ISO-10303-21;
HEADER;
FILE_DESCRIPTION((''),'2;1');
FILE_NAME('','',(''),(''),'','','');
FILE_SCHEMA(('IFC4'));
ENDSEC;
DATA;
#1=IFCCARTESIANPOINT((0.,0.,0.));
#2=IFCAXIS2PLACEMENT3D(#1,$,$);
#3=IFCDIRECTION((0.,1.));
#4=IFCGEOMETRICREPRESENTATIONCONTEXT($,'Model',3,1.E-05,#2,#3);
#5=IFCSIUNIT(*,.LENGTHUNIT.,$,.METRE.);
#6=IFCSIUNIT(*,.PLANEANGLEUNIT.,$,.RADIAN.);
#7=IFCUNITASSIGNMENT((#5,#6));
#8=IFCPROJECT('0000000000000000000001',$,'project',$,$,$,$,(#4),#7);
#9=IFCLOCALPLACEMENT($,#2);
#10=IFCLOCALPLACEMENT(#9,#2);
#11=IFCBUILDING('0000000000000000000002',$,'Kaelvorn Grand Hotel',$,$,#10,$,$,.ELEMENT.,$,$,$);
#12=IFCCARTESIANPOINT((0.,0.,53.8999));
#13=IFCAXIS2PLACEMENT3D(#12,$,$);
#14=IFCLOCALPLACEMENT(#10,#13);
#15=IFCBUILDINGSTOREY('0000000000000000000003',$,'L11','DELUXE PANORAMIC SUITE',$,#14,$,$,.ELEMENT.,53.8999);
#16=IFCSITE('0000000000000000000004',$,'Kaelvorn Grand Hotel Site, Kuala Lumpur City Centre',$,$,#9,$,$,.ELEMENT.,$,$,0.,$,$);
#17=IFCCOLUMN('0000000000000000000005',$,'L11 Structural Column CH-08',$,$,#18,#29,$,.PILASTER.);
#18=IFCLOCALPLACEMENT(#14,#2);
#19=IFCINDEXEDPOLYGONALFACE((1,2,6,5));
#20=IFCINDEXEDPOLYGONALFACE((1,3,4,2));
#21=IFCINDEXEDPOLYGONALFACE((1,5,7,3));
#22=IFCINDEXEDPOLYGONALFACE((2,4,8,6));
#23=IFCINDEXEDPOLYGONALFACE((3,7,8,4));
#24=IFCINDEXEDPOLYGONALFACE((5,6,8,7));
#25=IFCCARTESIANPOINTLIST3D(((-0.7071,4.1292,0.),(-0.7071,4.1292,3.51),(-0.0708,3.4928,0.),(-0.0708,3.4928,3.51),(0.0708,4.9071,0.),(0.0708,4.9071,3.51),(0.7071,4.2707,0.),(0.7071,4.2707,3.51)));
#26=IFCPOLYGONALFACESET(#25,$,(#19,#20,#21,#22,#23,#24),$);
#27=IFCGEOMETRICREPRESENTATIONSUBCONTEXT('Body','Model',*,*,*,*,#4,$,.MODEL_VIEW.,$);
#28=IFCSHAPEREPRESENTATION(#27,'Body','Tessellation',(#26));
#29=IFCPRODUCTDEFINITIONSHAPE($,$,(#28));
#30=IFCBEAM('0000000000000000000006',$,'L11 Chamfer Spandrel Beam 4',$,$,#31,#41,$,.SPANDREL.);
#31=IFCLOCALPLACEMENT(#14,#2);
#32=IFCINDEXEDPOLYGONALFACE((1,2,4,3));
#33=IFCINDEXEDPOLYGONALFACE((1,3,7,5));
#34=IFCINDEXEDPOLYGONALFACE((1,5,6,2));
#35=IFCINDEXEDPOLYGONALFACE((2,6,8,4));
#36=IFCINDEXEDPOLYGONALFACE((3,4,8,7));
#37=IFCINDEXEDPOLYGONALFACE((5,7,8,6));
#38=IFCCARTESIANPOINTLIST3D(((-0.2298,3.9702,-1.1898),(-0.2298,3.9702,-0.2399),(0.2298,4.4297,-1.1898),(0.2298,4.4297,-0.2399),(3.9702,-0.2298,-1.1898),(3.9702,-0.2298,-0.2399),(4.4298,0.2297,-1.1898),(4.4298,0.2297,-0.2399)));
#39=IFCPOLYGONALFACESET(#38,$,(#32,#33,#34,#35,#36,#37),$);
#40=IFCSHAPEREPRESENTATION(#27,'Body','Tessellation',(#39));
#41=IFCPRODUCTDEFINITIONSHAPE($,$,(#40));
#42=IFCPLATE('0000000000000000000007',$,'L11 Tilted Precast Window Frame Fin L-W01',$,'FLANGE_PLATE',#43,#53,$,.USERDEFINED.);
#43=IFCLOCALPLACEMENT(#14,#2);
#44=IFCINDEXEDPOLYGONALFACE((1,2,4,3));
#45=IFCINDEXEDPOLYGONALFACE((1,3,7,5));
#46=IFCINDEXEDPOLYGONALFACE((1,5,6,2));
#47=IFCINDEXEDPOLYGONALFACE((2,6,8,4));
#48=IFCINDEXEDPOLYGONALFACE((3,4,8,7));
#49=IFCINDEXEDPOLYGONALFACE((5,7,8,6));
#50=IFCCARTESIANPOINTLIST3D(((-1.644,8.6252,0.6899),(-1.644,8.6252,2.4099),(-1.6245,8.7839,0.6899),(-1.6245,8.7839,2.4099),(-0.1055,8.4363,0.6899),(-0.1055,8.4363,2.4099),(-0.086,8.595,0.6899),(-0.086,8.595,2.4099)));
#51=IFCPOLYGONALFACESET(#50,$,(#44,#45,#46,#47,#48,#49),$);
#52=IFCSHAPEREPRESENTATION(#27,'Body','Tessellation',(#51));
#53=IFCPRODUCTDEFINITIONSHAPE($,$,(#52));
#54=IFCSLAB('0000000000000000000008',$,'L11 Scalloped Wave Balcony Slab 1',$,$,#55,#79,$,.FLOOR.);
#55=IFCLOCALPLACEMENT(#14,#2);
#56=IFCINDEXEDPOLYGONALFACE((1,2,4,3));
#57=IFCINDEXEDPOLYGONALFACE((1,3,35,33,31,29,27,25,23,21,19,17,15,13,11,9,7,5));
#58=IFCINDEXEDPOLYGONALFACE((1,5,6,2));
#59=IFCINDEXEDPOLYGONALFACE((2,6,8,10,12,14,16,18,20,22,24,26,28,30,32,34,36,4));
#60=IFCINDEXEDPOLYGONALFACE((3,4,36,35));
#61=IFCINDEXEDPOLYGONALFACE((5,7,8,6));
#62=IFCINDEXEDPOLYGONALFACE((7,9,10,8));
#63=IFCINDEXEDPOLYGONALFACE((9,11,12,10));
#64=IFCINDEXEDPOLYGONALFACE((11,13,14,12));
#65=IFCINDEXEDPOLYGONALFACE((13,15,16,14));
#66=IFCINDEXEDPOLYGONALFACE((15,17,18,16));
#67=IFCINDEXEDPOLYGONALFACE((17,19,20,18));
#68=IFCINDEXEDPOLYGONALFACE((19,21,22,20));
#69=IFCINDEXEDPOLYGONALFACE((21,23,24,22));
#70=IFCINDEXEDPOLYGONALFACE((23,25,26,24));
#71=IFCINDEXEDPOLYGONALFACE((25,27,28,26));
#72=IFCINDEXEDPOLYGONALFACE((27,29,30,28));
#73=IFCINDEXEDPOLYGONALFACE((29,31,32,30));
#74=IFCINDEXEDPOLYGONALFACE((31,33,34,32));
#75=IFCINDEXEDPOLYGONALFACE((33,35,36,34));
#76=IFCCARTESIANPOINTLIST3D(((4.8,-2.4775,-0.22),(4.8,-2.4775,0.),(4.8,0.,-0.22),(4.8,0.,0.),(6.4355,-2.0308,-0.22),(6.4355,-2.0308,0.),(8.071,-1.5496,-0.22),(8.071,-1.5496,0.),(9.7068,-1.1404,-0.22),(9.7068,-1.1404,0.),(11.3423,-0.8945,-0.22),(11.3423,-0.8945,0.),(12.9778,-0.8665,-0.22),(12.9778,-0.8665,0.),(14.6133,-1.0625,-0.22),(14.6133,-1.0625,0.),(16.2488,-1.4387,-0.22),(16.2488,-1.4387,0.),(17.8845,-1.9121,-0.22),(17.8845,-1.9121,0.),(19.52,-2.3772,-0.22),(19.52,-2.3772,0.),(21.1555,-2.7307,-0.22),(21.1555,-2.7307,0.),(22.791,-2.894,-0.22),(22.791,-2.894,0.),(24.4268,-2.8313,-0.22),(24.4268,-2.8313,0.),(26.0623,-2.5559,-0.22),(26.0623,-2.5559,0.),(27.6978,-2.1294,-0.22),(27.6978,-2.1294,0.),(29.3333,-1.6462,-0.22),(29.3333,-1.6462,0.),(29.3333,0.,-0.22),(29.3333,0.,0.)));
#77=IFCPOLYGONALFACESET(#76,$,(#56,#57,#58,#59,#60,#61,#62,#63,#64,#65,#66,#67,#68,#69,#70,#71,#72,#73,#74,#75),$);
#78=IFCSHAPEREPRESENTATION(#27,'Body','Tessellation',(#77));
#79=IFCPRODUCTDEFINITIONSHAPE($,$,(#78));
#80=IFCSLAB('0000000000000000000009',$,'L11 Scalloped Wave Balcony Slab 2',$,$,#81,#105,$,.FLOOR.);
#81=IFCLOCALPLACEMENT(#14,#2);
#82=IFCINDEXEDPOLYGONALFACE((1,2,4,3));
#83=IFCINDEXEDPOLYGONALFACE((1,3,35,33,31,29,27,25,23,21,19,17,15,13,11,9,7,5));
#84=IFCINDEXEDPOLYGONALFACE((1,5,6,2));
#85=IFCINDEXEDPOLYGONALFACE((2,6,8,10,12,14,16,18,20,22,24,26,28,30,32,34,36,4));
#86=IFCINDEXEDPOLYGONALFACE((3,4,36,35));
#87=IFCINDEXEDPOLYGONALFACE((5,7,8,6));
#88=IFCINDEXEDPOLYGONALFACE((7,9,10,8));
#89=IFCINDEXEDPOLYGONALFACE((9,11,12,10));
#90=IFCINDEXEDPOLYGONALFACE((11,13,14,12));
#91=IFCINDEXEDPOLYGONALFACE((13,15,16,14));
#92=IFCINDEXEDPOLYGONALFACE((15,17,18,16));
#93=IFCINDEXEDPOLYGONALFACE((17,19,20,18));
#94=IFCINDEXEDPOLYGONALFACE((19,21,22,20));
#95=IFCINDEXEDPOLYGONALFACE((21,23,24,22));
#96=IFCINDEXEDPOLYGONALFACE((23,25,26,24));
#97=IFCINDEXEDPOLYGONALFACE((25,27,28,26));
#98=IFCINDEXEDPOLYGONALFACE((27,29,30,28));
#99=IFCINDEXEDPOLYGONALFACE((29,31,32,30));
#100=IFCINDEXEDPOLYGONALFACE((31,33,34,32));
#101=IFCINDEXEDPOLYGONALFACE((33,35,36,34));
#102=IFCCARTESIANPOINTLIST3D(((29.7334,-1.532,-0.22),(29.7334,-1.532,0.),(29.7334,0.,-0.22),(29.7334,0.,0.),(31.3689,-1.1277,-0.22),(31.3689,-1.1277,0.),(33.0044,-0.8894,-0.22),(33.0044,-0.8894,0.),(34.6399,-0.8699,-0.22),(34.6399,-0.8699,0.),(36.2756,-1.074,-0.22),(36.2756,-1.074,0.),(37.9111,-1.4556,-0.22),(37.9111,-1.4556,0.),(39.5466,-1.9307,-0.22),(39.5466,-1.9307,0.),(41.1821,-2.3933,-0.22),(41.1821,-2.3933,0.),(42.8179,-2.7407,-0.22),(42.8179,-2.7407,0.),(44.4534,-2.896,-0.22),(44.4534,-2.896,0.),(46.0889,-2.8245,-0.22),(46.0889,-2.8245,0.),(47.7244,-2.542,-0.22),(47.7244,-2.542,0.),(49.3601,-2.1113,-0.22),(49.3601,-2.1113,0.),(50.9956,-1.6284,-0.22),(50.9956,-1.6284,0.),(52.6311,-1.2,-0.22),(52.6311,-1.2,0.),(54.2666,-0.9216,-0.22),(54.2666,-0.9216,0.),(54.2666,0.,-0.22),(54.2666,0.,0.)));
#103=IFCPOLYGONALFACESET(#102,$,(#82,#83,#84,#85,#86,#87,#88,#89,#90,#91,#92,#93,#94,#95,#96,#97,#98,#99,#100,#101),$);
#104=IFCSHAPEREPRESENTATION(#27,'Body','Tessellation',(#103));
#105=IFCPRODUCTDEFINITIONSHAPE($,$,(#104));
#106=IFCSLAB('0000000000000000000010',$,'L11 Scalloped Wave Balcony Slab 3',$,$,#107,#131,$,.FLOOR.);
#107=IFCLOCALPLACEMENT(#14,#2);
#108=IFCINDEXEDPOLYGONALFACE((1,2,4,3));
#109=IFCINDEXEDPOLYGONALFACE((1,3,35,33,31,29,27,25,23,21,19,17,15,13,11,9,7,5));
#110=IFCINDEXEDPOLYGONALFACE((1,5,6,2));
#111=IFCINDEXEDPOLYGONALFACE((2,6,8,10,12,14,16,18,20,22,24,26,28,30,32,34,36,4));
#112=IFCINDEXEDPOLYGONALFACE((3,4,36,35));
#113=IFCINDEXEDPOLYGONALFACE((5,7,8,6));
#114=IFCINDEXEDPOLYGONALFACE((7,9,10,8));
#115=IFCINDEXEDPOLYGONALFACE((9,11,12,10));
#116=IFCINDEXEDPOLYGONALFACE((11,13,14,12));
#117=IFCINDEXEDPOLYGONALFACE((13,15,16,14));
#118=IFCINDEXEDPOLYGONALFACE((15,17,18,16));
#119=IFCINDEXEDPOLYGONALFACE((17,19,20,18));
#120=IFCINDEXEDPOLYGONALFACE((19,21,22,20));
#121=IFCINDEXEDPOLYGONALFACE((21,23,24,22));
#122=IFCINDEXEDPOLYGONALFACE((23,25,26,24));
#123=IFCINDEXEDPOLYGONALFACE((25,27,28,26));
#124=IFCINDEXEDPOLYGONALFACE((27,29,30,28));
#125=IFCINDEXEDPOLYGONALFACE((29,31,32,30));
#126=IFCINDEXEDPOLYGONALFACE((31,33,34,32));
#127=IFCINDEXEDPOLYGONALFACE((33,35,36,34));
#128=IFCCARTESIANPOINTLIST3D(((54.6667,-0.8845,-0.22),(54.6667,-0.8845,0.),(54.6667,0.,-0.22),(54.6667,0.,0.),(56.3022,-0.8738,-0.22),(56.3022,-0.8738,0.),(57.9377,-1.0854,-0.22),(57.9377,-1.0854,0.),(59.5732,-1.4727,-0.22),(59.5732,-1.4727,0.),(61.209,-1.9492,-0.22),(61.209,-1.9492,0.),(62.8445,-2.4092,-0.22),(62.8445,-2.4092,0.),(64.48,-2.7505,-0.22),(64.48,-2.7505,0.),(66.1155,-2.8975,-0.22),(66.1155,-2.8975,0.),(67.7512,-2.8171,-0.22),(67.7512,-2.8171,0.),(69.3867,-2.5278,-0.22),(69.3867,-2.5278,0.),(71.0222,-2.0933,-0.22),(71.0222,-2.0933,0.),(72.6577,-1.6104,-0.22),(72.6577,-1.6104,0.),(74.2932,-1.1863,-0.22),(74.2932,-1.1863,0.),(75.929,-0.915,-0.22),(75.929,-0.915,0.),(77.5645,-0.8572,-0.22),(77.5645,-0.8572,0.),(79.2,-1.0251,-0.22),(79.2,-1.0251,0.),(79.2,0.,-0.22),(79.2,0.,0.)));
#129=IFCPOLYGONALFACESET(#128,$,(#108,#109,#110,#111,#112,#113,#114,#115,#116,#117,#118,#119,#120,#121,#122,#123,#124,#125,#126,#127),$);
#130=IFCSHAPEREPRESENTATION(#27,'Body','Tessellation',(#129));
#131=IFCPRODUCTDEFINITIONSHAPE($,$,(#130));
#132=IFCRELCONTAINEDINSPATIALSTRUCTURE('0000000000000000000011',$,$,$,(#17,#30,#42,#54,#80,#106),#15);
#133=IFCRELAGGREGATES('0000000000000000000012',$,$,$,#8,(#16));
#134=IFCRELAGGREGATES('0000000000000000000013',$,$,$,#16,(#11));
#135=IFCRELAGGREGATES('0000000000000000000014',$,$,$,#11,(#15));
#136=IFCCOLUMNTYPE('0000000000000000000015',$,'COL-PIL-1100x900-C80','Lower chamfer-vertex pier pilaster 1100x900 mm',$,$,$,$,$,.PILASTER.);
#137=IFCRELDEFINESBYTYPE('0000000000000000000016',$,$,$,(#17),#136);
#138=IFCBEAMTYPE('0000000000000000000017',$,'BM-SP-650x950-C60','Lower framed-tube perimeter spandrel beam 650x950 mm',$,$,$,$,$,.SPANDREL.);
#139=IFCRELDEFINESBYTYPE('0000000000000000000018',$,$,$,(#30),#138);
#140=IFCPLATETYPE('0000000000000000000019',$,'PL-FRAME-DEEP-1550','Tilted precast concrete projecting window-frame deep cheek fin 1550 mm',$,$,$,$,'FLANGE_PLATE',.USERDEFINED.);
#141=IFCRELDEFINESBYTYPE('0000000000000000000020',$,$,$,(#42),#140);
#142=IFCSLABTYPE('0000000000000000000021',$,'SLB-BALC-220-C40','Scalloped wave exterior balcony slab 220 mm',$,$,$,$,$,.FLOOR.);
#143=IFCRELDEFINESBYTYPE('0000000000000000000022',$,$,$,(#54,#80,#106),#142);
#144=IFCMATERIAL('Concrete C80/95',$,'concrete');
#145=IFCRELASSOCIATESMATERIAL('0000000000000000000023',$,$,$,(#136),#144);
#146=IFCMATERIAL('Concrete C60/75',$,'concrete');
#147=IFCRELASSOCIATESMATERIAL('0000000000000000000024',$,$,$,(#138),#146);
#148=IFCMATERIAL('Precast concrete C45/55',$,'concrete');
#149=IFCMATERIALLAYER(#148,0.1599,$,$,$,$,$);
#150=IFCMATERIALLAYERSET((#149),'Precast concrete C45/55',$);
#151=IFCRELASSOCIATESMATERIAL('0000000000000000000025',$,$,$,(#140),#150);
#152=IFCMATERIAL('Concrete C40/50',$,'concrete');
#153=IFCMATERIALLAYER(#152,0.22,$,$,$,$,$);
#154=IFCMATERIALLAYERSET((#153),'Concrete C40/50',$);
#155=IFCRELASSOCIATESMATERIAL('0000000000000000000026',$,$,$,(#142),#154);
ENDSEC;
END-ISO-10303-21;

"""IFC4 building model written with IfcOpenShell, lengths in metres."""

from ifc_helpers import new_model, si_unit, direction, frame, origin, origin_2d, place, context, subcontext, project, spatial, polyline, rectangle, outline, extrude, material, layer, layer_set, material_profile, profile_set, type_object, element, save


model = new_model("IFC4")

# Units and contexts
model_context = context("Model", 3, precision=1e-05, world=origin(), true_north=direction((0.0, 1.0)))
body_context = subcontext(model_context, "Body", "Model", "MODEL_VIEW")
ifc_project = project(units=[si_unit("LENGTHUNIT", "METRE"), si_unit("PLANEANGLEUNIT", "RADIAN")], contexts=[model_context])

# Site, building, storey
site_placement = place(None, origin())
site = spatial("IfcSite", under=ifc_project, at=site_placement, Name="Kaelvorn Grand Hotel Site, Kuala Lumpur City Centre", CompositionType="ELEMENT", RefElevation=0.0)
building_placement = place(site_placement, origin())
building = spatial("IfcBuilding", under=site, at=building_placement, Name="Kaelvorn Grand Hotel", CompositionType="ELEMENT")
storey_placement = place(building_placement, frame((0.0, 0.0, 53.8999)))
storey = spatial("IfcBuildingStorey", under=building, at=storey_placement, Name="L11", Description="DELUXE PANORAMIC SUITE", CompositionType="ELEMENT", Elevation=53.8999)

# Column
ifc_material_1 = material(Name="Concrete C80/95", Category="concrete")
ifc_material_profile_1 = material_profile(ifc_material_1, rectangle(XDim=1.1001, YDim=0.8999, at=origin_2d()), Name="RC PILASTER 1100x900")
ifc_profile_set_1 = profile_set([ifc_material_profile_1], Name="Concrete C80/95")
column_type = type_object("IfcColumnType", Name="COL-PIL-1100x900-C80", Description="Lower chamfer-vertex pier pilaster 1100x900 mm", PredefinedType="PILASTER", material=ifc_profile_set_1)
column_placement = place(storey_placement, frame((0.0, 4.2, 0.0), z_axis=(0.0, 0.0, 1.0), x_axis=(0.707107, 0.707107, 0.0)))
element("IfcColumn", 1, at=column_placement, inside=storey, type_object=column_type, Name="L11 Structural Column CH-08", PredefinedType="PILASTER", context=body_context, shape_type="SweptSolid", body=[
    extrude(rectangle(XDim=1.1001, YDim=0.8999, at=origin_2d()), origin(), (0.0, 0.0, 1.0), 3.51),
])

# Beam
ifc_material_2 = material(Name="Concrete C60/75", Category="concrete")
ifc_material_profile_2 = material_profile(ifc_material_2, rectangle(XDim=0.6499, YDim=0.95, at=origin_2d()), Name="RC SPANDREL 650x950")
ifc_profile_set_2 = profile_set([ifc_material_profile_2], Name="Concrete C60/75")
beam_type = type_object("IfcBeamType", Name="BM-SP-650x950-C60", Description="Lower framed-tube perimeter spandrel beam 650x950 mm", PredefinedType="SPANDREL", material=ifc_profile_set_2)
beam_placement = place(storey_placement, frame((0.0, 4.2, -0.7148), z_axis=(0.707107, -0.707107, 0.0), x_axis=(0.707107, 0.707107, 0.0)))
element("IfcBeam", 2, at=beam_placement, inside=storey, type_object=beam_type, Name="L11 Chamfer Spandrel Beam 4", PredefinedType="SPANDREL", context=body_context, shape_type="SweptSolid", body=[
    extrude(rectangle(XDim=0.6499, YDim=0.95, at=origin_2d()), origin(), (0.0, 0.0, 1.0), 5.9397),
])

# Plate
ifc_material_3 = material(Name="Precast concrete C45/55", Category="concrete")
ifc_layer_1 = layer(ifc_material_3, 0.1599)
ifc_layer_set_1 = layer_set([ifc_layer_1], Name="Precast concrete C45/55")
plate_type = type_object("IfcPlateType", Name="PL-FRAME-DEEP-1550", Description="Tilted precast concrete projecting window-frame deep cheek fin 1550 mm", ElementType="FLANGE_PLATE", PredefinedType="USERDEFINED", material=ifc_layer_set_1)
plate_placement = place(storey_placement, frame((-0.865, 8.6101, 0.6899), z_axis=(0.0, 0.0, 1.0), x_axis=(0.121869, 0.992546, 0.0)))
element("IfcPlate", 3, at=plate_placement, inside=storey, type_object=plate_type, Name="L11 Tilted Precast Window Frame Fin L-W01", ObjectType="FLANGE_PLATE", PredefinedType="USERDEFINED", context=body_context, shape_type="SweptSolid", body=[
    extrude(rectangle(XDim=0.1599, YDim=1.55, at=origin_2d()), origin(), (0.0, 0.0, 1.0), 1.72),
])

# Slabs
ifc_material_4 = material(Name="Concrete C40/50", Category="concrete")
ifc_layer_2 = layer(ifc_material_4, 0.22)
ifc_layer_set_2 = layer_set([ifc_layer_2], Name="Concrete C40/50")
slab_type_1 = type_object("IfcSlabType", Name="SLB-BALC-220-C40", Description="Scalloped wave exterior balcony slab 220 mm", PredefinedType="FLOOR", material=ifc_layer_set_2)
slab_1_placement = place(storey_placement, frame((0.0, 0.0, -0.22)))
element("IfcSlab", 4, at=slab_1_placement, inside=storey, type_object=slab_type_1, Name="L11 Scalloped Wave Balcony Slab 1", PredefinedType="FLOOR", context=body_context, shape_type="SweptSolid", body=[
    extrude(outline(polyline([(4.8, -2.4775), (6.4355, -2.0308), (8.071, -1.5496), (9.7068, -1.1404), (11.3423, -0.8945), (12.9778, -0.8665), (14.6133, -1.0625), (16.2488, -1.4387), (17.8845, -1.9121), (19.52, -2.3772), (21.1555, -2.7307), (22.791, -2.894), (24.4268, -2.8313), (26.0623, -2.5559), (27.6978, -2.1294), (29.3333, -1.6462), (29.3333, 0.0), (4.8, 0.0), (4.8, -2.4775)])), origin(), (0.0, 0.0, 1.0), 0.22),
])
slab_2_placement = place(storey_placement, frame((0.0, 0.0, -0.22)))
element("IfcSlab", 5, at=slab_2_placement, inside=storey, type_object=slab_type_1, Name="L11 Scalloped Wave Balcony Slab 2", PredefinedType="FLOOR", context=body_context, shape_type="SweptSolid", body=[
    extrude(outline(polyline([(29.7334, -1.532), (31.3689, -1.1277), (33.0044, -0.8894), (34.6399, -0.8699), (36.2756, -1.074), (37.9111, -1.4556), (39.5466, -1.9307), (41.1821, -2.3933), (42.8179, -2.7407), (44.4534, -2.896), (46.0889, -2.8245), (47.7244, -2.542), (49.3601, -2.1113), (50.9956, -1.6284), (52.6311, -1.2), (54.2666, -0.9216), (54.2666, 0.0), (29.7334, 0.0), (29.7334, -1.532)])), origin(), (0.0, 0.0, 1.0), 0.22),
])
slab_3_placement = place(storey_placement, frame((0.0, 0.0, -0.22)))
element("IfcSlab", 6, at=slab_3_placement, inside=storey, type_object=slab_type_1, Name="L11 Scalloped Wave Balcony Slab 3", PredefinedType="FLOOR", context=body_context, shape_type="SweptSolid", body=[
    extrude(outline(polyline([(54.6667, -0.8845), (56.3022, -0.8738), (57.9377, -1.0854), (59.5732, -1.4727), (61.209, -1.9492), (62.8445, -2.4092), (64.48, -2.7505), (66.1155, -2.8975), (67.7512, -2.8171), (69.3867, -2.5278), (71.0222, -2.0933), (72.6577, -1.6104), (74.2932, -1.1863), (75.929, -0.915), (77.5645, -0.8572), (79.2, -1.0251), (79.2, 0.0), (54.6667, 0.0), (54.6667, -0.8845)])), origin(), (0.0, 0.0, 1.0), 0.22),
])

save(model, "model.ifc")
